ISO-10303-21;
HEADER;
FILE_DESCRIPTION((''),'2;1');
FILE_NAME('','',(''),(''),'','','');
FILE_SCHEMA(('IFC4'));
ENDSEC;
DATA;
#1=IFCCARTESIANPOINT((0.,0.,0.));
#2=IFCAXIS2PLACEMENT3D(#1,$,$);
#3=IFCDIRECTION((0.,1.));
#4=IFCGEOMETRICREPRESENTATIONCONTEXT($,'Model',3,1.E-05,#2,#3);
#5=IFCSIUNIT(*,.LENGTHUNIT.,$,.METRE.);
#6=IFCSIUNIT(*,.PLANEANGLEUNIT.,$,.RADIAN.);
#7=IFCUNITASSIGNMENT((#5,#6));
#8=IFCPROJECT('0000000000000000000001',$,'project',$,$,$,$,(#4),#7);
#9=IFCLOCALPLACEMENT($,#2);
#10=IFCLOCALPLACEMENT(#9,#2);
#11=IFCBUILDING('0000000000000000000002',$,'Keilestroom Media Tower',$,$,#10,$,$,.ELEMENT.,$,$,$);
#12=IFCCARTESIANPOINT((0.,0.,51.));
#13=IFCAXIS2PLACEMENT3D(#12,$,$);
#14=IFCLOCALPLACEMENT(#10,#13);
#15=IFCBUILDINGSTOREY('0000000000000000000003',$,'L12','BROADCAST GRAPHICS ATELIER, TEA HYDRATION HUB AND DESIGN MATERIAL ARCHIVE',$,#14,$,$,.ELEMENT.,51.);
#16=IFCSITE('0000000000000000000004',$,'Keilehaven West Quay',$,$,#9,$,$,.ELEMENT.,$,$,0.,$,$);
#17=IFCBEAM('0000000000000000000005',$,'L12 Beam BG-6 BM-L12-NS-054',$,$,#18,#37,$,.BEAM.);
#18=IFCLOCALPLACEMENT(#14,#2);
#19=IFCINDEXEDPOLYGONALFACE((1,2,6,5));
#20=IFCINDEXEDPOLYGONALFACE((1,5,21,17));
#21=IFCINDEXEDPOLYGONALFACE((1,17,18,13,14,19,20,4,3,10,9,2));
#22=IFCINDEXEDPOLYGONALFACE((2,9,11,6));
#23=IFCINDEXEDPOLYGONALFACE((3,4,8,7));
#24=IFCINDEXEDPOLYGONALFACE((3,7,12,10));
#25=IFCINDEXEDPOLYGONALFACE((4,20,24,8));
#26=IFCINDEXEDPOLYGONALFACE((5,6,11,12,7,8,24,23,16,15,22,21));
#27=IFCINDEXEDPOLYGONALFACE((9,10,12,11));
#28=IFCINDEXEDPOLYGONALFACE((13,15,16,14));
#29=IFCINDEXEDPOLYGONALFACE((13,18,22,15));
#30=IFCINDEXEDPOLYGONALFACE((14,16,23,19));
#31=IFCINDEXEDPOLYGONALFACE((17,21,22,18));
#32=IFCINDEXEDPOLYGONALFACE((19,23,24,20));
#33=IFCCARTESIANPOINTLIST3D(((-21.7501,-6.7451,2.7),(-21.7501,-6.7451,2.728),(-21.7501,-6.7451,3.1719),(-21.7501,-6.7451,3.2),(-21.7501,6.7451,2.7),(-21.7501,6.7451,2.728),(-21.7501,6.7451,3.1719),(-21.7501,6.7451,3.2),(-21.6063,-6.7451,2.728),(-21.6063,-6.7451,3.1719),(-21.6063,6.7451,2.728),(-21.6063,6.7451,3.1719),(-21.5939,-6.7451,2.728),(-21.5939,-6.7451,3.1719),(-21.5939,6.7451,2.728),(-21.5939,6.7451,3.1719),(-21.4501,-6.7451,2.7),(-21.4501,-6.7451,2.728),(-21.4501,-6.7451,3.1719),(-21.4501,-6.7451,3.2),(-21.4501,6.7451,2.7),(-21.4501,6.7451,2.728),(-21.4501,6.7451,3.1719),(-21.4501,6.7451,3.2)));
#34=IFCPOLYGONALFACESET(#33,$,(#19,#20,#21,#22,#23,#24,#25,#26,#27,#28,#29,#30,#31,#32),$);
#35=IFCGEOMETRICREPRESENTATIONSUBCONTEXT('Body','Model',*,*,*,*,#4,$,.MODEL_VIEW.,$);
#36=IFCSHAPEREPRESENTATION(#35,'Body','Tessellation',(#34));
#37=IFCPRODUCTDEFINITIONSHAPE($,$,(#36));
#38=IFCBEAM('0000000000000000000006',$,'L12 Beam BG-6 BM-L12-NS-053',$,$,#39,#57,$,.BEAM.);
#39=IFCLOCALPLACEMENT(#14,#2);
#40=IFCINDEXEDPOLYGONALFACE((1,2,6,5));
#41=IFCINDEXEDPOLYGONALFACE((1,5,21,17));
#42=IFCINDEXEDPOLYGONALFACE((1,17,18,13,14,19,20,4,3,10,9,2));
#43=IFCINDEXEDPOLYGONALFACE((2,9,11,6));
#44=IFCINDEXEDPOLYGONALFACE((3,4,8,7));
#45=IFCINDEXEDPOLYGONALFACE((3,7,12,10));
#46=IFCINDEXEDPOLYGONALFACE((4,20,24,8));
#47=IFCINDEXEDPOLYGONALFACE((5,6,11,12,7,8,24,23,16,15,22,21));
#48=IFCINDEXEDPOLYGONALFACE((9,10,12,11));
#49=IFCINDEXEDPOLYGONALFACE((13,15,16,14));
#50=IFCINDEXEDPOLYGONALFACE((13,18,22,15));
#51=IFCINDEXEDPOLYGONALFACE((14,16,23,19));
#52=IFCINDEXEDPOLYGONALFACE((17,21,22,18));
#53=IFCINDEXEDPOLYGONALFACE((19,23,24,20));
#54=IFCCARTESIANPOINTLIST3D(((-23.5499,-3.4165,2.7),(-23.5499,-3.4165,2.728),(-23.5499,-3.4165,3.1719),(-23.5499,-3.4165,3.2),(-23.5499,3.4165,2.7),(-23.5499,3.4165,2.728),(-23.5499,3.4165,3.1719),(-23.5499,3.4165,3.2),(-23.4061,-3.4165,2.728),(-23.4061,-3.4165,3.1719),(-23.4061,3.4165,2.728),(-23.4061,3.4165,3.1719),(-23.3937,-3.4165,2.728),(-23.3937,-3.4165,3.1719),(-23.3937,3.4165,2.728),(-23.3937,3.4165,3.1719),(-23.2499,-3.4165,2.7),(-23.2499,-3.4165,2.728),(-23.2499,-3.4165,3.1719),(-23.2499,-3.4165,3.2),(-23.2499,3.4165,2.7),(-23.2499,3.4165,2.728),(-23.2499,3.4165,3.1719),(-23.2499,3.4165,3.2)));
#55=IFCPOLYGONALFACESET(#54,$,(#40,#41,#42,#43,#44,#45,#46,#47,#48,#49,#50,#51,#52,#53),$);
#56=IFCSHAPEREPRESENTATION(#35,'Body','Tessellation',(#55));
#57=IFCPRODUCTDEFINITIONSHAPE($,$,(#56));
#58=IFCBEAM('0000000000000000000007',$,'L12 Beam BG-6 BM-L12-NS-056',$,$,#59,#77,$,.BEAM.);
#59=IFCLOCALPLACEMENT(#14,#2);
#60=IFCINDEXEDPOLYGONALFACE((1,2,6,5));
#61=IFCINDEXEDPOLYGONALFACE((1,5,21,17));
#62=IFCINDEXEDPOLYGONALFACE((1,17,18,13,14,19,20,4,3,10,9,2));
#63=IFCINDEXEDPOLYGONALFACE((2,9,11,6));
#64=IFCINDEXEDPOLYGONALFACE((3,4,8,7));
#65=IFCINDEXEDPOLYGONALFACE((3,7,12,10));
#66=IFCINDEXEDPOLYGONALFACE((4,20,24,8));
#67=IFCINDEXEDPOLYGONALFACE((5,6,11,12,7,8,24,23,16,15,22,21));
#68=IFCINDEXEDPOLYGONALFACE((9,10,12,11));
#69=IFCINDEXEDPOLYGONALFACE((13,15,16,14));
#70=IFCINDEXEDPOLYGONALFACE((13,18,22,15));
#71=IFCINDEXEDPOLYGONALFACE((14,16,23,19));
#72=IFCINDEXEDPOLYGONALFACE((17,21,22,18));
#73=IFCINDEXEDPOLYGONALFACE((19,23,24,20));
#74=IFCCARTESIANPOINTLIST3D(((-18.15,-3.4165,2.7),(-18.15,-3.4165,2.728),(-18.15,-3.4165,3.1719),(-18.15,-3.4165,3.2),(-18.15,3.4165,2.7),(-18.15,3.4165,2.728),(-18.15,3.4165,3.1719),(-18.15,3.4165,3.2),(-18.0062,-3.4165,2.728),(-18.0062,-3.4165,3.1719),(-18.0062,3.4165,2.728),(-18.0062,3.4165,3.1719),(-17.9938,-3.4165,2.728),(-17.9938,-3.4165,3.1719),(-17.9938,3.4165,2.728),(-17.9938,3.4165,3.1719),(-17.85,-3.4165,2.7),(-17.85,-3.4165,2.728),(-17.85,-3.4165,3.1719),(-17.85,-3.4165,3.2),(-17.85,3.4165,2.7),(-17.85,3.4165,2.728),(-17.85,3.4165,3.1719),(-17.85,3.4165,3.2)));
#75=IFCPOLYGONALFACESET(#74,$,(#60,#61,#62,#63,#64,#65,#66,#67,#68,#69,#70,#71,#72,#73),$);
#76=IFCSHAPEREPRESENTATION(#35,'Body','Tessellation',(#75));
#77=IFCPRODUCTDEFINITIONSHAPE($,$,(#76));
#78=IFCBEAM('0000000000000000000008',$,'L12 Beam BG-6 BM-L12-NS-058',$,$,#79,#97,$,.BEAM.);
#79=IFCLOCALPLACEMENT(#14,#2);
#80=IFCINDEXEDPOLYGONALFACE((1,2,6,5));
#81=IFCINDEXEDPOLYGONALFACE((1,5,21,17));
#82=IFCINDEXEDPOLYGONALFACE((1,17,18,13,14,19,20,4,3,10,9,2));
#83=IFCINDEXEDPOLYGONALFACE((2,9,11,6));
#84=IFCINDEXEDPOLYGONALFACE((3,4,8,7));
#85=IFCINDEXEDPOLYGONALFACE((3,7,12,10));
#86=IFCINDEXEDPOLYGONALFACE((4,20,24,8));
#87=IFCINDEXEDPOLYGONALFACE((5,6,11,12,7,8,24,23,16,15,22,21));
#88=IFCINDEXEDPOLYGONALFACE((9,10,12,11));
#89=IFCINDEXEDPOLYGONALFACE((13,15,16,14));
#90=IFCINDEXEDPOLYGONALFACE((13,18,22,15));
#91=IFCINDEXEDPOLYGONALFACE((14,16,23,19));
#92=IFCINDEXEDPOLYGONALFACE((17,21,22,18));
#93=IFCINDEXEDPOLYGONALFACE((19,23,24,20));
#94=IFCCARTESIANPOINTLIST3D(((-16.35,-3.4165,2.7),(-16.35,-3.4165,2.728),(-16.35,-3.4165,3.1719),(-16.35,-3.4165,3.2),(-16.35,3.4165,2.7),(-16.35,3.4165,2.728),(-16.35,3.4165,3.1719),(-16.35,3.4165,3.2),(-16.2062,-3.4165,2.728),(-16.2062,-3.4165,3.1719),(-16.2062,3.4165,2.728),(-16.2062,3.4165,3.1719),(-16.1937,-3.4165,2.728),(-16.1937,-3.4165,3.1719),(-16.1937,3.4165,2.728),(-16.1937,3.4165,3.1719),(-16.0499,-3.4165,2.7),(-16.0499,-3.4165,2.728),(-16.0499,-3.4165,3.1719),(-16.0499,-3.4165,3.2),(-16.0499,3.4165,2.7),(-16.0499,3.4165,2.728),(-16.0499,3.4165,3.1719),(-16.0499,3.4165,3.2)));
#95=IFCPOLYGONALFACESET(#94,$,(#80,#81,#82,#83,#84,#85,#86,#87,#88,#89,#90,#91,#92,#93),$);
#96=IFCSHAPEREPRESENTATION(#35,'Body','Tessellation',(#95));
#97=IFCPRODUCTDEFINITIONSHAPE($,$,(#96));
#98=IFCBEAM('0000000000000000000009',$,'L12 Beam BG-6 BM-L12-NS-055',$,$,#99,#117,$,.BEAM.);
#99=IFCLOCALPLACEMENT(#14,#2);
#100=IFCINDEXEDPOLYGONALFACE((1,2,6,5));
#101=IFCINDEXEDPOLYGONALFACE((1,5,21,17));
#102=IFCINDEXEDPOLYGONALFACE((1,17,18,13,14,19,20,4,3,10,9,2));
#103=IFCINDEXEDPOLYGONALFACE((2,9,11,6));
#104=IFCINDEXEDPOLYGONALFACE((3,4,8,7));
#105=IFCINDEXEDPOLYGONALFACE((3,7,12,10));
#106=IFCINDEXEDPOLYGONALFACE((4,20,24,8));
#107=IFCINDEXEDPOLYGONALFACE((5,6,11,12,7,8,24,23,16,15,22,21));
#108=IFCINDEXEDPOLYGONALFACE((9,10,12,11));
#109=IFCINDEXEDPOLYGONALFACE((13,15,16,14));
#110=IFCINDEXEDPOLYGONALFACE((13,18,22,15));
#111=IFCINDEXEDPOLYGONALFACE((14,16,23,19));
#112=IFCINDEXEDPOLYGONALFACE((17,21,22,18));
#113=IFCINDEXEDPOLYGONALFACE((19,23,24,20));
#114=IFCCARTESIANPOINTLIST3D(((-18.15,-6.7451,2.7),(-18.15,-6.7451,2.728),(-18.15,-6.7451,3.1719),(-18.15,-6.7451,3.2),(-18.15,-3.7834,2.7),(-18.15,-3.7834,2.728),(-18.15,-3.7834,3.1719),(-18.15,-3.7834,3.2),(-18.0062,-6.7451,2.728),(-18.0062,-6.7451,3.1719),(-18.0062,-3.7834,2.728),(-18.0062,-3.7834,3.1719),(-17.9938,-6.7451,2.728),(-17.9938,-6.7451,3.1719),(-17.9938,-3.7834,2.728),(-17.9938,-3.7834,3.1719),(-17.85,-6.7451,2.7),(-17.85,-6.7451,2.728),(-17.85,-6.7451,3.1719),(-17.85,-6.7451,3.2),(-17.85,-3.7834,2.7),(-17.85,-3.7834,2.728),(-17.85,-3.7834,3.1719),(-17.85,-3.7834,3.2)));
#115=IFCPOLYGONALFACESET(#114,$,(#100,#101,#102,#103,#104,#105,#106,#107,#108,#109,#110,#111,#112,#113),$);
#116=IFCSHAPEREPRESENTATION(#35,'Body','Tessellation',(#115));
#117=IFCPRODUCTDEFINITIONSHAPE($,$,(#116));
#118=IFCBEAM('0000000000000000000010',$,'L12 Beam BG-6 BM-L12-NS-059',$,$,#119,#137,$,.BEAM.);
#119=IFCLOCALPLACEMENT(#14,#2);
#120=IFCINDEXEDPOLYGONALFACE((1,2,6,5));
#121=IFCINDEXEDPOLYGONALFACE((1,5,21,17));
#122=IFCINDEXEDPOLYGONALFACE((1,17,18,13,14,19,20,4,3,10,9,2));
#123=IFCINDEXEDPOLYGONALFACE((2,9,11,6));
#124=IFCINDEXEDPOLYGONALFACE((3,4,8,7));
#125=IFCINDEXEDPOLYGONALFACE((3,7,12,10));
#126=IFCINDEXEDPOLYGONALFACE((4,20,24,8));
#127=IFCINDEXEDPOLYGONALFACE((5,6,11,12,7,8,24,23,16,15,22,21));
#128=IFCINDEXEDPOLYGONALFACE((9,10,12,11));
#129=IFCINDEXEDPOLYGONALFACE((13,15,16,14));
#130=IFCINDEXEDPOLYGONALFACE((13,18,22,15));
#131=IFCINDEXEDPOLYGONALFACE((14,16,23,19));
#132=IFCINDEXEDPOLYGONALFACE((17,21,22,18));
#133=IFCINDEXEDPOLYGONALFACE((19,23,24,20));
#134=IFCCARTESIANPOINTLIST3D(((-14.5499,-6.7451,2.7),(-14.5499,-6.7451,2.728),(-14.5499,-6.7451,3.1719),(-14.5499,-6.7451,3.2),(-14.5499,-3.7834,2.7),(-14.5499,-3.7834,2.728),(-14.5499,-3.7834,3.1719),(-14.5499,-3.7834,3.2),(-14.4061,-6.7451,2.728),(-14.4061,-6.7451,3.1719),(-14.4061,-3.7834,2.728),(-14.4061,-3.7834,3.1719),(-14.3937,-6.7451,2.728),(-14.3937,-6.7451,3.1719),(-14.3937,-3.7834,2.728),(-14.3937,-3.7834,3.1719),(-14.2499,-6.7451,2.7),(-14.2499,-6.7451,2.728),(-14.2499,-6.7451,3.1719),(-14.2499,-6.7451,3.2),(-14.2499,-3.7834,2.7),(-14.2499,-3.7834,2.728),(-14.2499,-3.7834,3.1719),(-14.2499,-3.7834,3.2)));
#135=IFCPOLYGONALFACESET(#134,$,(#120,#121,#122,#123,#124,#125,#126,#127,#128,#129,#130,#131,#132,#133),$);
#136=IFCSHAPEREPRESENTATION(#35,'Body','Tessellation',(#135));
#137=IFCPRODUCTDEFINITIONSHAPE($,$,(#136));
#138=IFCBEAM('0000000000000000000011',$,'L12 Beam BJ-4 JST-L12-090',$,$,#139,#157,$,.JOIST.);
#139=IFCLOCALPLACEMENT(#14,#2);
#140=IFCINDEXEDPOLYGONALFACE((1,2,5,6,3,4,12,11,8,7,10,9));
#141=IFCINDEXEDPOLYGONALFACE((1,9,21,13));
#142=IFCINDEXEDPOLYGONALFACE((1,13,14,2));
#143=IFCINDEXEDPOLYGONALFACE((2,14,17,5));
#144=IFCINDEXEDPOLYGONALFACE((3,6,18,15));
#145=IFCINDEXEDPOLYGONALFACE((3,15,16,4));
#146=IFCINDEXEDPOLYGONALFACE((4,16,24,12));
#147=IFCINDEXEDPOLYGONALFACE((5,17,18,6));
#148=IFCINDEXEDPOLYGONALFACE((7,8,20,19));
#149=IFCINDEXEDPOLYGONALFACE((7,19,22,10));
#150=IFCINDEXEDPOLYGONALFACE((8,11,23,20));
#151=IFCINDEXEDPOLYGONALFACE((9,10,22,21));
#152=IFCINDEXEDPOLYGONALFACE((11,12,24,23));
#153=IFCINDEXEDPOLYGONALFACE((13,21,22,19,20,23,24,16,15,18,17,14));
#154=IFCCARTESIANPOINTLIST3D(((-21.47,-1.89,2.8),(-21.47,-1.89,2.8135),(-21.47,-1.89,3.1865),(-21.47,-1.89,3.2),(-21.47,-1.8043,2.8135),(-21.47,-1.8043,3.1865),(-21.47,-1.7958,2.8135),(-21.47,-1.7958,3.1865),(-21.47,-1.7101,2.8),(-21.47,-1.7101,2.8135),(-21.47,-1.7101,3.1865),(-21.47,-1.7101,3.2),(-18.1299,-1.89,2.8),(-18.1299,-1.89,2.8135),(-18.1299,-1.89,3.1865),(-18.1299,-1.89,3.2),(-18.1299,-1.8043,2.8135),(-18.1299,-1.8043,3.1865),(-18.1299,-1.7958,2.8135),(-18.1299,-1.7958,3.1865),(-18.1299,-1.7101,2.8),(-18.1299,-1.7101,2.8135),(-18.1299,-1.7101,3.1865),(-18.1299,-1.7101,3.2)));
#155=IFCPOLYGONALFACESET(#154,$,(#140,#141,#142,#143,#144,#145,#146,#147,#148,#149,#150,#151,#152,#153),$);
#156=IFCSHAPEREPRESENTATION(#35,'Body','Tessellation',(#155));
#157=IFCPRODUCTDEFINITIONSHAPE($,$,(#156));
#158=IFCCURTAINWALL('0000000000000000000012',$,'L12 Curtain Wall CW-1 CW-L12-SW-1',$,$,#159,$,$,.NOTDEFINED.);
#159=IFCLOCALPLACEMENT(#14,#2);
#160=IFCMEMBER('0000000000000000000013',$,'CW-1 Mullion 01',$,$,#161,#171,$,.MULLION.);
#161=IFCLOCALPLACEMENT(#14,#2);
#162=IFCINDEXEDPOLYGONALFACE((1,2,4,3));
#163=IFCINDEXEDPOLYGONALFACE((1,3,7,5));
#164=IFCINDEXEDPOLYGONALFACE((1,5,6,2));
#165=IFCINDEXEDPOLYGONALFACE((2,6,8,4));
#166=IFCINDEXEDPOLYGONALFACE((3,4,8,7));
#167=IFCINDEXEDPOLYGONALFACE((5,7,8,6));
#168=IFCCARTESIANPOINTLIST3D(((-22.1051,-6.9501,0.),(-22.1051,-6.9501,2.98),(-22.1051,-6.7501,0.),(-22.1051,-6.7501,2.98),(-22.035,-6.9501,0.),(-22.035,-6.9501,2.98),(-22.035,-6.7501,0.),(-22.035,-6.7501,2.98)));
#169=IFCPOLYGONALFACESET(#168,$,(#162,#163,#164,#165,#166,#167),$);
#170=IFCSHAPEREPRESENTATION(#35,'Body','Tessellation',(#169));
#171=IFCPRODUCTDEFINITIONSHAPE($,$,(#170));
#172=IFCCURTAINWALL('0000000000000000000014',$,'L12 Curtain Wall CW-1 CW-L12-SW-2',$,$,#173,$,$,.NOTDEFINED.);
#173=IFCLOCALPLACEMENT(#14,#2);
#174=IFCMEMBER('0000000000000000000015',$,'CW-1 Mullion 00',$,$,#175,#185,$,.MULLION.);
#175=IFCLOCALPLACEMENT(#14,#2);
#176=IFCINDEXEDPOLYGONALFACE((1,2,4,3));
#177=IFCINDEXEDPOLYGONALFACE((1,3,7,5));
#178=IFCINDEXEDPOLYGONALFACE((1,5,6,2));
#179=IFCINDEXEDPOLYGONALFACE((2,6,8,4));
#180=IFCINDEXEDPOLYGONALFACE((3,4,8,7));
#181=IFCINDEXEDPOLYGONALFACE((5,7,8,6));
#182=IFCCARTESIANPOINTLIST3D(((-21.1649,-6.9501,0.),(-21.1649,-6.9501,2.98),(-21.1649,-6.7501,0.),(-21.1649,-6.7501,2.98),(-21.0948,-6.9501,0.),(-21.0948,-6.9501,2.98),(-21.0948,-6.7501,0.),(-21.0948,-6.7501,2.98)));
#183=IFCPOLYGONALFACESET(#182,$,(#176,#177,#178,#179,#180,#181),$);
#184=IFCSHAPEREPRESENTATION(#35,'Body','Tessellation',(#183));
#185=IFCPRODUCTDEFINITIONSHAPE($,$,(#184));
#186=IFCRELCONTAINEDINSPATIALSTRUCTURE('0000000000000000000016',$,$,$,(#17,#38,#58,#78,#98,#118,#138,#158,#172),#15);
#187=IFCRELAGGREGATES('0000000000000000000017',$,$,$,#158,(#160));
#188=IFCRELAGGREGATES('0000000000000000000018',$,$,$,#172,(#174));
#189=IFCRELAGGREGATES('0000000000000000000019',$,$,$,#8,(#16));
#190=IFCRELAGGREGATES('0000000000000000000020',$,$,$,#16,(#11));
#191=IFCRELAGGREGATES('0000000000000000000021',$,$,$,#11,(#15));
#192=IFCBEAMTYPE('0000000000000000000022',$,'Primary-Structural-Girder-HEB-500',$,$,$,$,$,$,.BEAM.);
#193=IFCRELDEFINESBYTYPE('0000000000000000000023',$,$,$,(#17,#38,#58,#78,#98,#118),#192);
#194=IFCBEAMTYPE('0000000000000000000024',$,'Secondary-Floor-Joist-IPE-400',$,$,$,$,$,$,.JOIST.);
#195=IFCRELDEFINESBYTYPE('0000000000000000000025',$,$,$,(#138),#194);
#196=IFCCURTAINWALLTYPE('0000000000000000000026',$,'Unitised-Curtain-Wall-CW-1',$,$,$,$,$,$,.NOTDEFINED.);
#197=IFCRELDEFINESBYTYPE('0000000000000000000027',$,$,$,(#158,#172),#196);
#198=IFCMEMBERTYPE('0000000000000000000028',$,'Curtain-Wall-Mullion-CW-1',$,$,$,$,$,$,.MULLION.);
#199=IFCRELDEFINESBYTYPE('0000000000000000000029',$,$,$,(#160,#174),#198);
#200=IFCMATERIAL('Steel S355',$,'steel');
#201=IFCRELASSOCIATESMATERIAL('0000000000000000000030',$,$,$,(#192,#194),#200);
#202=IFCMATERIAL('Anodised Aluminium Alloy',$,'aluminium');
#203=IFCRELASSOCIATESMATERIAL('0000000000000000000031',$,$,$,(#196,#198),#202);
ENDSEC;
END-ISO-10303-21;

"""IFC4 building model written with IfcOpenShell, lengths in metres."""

from ifc_helpers import new_model, si_unit, direction, frame, origin, origin_2d, place, context, subcontext, project, spatial, rectangle, i_section, extrude, source, transform, mapped, material, material_profile, profile_set, type_object, element, aggregate, save


model = new_model("IFC4")

# Units and contexts
model_context = context("Model", 3, precision=1e-05, world=origin(), true_north=direction((0.0, 1.0)))
body_context = subcontext(model_context, "Body", "Model", "MODEL_VIEW")
ifc_project = project(units=[si_unit("LENGTHUNIT", "METRE"), si_unit("PLANEANGLEUNIT", "RADIAN")], contexts=[model_context])

# Site, building, storey
site_placement = place(None, origin())
site = spatial("IfcSite", under=ifc_project, at=site_placement, Name="Keilehaven West Quay", CompositionType="ELEMENT", RefElevation=0.0)
building_placement = place(site_placement, origin())
building = spatial("IfcBuilding", under=site, at=building_placement, Name="Keilestroom Media Tower", CompositionType="ELEMENT")
storey_placement = place(building_placement, frame((0.0, 0.0, 51.0)))
storey = spatial("IfcBuildingStorey", under=building, at=storey_placement, Name="L12", Description="BROADCAST GRAPHICS ATELIER, TEA HYDRATION HUB AND DESIGN MATERIAL ARCHIVE", CompositionType="ELEMENT", Elevation=51.0)

# Beams
ifc_material_1 = material(Name="Steel S355", Category="steel")
ifc_material_profile_1 = material_profile(ifc_material_1, i_section(OverallWidth=0.3, OverallDepth=0.5, WebThickness=0.0125, FlangeThickness=0.0281, at=origin_2d()), Name="HEB 500")
ifc_profile_set_1 = profile_set([ifc_material_profile_1], Name="Steel S355")
beam_type_1 = type_object("IfcBeamType", Name="Primary-Structural-Girder-HEB-500", PredefinedType="BEAM", material=ifc_profile_set_1)
shared_shape_1 = source(origin(), body_context, "Body", "SweptSolid", [
    extrude(i_section(OverallWidth=0.3, OverallDepth=0.5, WebThickness=0.0125, FlangeThickness=0.0281, at=origin_2d()), origin(), (0.0, 0.0, 1.0), 13.4902),
])
beam_1_placement = place(storey_placement, frame((-21.6001, -6.7451, 2.95), z_axis=(0.0, 1.0, 0.0), x_axis=(-1.0, 0.0, 0.0)))
element("IfcBeam", 1, at=beam_1_placement, inside=storey, type_object=beam_type_1, Name="L12 Beam BG-6 BM-L12-NS-054", PredefinedType="BEAM", context=body_context, shape_type="MappedRepresentation", body=[
    mapped(shared_shape_1, transform((0.0, 0.0, 0.0), x_axis=(1.0, 0.0, 0.0), y_axis=(0.0, 1.0, 0.0), z_axis=(0.0, 0.0, 1.0), scale=1.0)),
])
shared_shape_2 = source(origin(), body_context, "Body", "SweptSolid", [
    extrude(i_section(OverallWidth=0.3, OverallDepth=0.5, WebThickness=0.0125, FlangeThickness=0.0281, at=origin_2d()), origin(), (0.0, 0.0, 1.0), 6.833),
])
for number, where, z_axis, x_axis, name in (
    (2, (-23.3999, -3.4165, 2.95), (0.0, 1.0, 0.0), (-1.0, 0.0, 0.0), "L12 Beam BG-6 BM-L12-NS-053"),
    (3, (-18.0, -3.4165, 2.95), (0.0, 1.0, 0.0), (-1.0, 0.0, 0.0), "L12 Beam BG-6 BM-L12-NS-056"),
    (4, (-16.2, -3.4165, 2.95), (0.0, 1.0, 0.0), (-1.0, 0.0, 0.0), "L12 Beam BG-6 BM-L12-NS-058"),
):
    element("IfcBeam", number, at=place(storey_placement, frame(where, z_axis=z_axis, x_axis=x_axis)), inside=storey, type_object=beam_type_1, Name=name, PredefinedType="BEAM", context=body_context, shape_type="MappedRepresentation", body=[
        mapped(shared_shape_2, transform((0.0, 0.0, 0.0), x_axis=(1.0, 0.0, 0.0), y_axis=(0.0, 1.0, 0.0), z_axis=(0.0, 0.0, 1.0), scale=1.0)),
    ])
shared_shape_3 = source(origin(), body_context, "Body", "SweptSolid", [
    extrude(i_section(OverallWidth=0.3, OverallDepth=0.5, WebThickness=0.0125, FlangeThickness=0.0281, at=origin_2d()), origin(), (0.0, 0.0, 1.0), 2.9617),
])
for number, where, z_axis, x_axis, name in (
    (5, (-18.0, -6.7451, 2.95), (0.0, 1.0, 0.0), (-1.0, 0.0, 0.0), "L12 Beam BG-6 BM-L12-NS-055"),
    (6, (-14.3999, -6.7451, 2.95), (0.0, 1.0, 0.0), (-1.0, 0.0, 0.0), "L12 Beam BG-6 BM-L12-NS-059"),
):
    element("IfcBeam", number, at=place(storey_placement, frame(where, z_axis=z_axis, x_axis=x_axis)), inside=storey, type_object=beam_type_1, Name=name, PredefinedType="BEAM", context=body_context, shape_type="MappedRepresentation", body=[
        mapped(shared_shape_3, transform((0.0, 0.0, 0.0), x_axis=(1.0, 0.0, 0.0), y_axis=(0.0, 1.0, 0.0), z_axis=(0.0, 0.0, 1.0), scale=1.0)),
    ])
ifc_material_profile_2 = material_profile(ifc_material_1, i_section(OverallWidth=0.1799, OverallDepth=0.3999, WebThickness=0.0085, FlangeThickness=0.0134, at=origin_2d()), Name="IPE 400")
ifc_profile_set_2 = profile_set([ifc_material_profile_2], Name="Steel S355")
beam_type_2 = type_object("IfcBeamType", Name="Secondary-Floor-Joist-IPE-400", PredefinedType="JOIST", material=ifc_profile_set_2)
shared_shape_4 = source(origin(), body_context, "Body", "SweptSolid", [
    extrude(i_section(OverallWidth=0.1799, OverallDepth=0.3999, WebThickness=0.0085, FlangeThickness=0.0134, at=origin_2d()), origin(), (0.0, 0.0, 1.0), 3.3401),
])
beam_2_placement = place(storey_placement, frame((-21.47, -1.8, 3.0), z_axis=(1.0, 0.0, 0.0), x_axis=(0.0, 1.0, 0.0)))
element("IfcBeam", 7, at=beam_2_placement, inside=storey, type_object=beam_type_2, Name="L12 Beam BJ-4 JST-L12-090", PredefinedType="JOIST", context=body_context, shape_type="MappedRepresentation", body=[
    mapped(shared_shape_4, transform((0.0, 0.0, 0.0), x_axis=(1.0, 0.0, 0.0), y_axis=(0.0, 1.0, 0.0), z_axis=(0.0, 0.0, 1.0), scale=1.0)),
])

# Curtain wall, member
ifc_material_2 = material(Name="Anodised Aluminium Alloy", Category="aluminium")
curtain_wall_type = type_object("IfcCurtainWallType", Name="Unitised-Curtain-Wall-CW-1", PredefinedType="NOTDEFINED", material=ifc_material_2)
curtain_wall_1_placement = place(storey_placement, origin())
curtain_wall_1 = element("IfcCurtainWall", 8, at=curtain_wall_1_placement, inside=storey, type_object=curtain_wall_type, Name="L12 Curtain Wall CW-1 CW-L12-SW-1", PredefinedType="NOTDEFINED")
ifc_material_profile_3 = material_profile(ifc_material_2, rectangle(XDim=0.0701, YDim=0.2, at=origin_2d()), Name="ALU MULLION 70x200")
ifc_profile_set_3 = profile_set([ifc_material_profile_3], Name="Anodised Aluminium Alloy")
member_type_1 = type_object("IfcMemberType", Name="Curtain-Wall-Mullion-CW-1", PredefinedType="MULLION", material=ifc_profile_set_3)
shared_shape_5 = source(origin(), body_context, "Body", "SweptSolid", [
    extrude(rectangle(XDim=0.0701, YDim=0.2, at=origin_2d()), origin(), (0.0, 0.0, 1.0), 2.98),
])
member_1_placement = place(storey_placement, frame((-22.0701, -6.8501, 0.0), z_axis=(0.0, 0.0, 1.0), x_axis=(1.0, 0.0, 0.0)))
member_1 = element("IfcMember", 9, at=member_1_placement, type_object=member_type_1, Name="CW-1 Mullion 01", PredefinedType="MULLION", context=body_context, shape_type="MappedRepresentation", body=[
    mapped(shared_shape_5, transform((0.0, 0.0, 0.0), x_axis=(1.0, 0.0, 0.0), y_axis=(0.0, 1.0, 0.0), z_axis=(0.0, 0.0, 1.0), scale=1.0)),
])
aggregate(curtain_wall_1, [member_1])

# Curtain wall, member
curtain_wall_2_placement = place(storey_placement, origin())
curtain_wall_2 = element("IfcCurtainWall", 10, at=curtain_wall_2_placement, inside=storey, type_object=curtain_wall_type, Name="L12 Curtain Wall CW-1 CW-L12-SW-2", PredefinedType="NOTDEFINED")
member_2_placement = place(storey_placement, frame((-21.1299, -6.8501, 0.0), z_axis=(0.0, 0.0, 1.0), x_axis=(1.0, 0.0, 0.0)))
member_2 = element("IfcMember", 11, at=member_2_placement, type_object=member_type_1, Name="CW-1 Mullion 00", PredefinedType="MULLION", context=body_context, shape_type="MappedRepresentation", body=[
    mapped(shared_shape_5, transform((0.0, 0.0, 0.0), x_axis=(1.0, 0.0, 0.0), y_axis=(0.0, 1.0, 0.0), z_axis=(0.0, 0.0, 1.0), scale=1.0)),
])

aggregate(curtain_wall_2, [member_2])

save(model, "model.ifc")
